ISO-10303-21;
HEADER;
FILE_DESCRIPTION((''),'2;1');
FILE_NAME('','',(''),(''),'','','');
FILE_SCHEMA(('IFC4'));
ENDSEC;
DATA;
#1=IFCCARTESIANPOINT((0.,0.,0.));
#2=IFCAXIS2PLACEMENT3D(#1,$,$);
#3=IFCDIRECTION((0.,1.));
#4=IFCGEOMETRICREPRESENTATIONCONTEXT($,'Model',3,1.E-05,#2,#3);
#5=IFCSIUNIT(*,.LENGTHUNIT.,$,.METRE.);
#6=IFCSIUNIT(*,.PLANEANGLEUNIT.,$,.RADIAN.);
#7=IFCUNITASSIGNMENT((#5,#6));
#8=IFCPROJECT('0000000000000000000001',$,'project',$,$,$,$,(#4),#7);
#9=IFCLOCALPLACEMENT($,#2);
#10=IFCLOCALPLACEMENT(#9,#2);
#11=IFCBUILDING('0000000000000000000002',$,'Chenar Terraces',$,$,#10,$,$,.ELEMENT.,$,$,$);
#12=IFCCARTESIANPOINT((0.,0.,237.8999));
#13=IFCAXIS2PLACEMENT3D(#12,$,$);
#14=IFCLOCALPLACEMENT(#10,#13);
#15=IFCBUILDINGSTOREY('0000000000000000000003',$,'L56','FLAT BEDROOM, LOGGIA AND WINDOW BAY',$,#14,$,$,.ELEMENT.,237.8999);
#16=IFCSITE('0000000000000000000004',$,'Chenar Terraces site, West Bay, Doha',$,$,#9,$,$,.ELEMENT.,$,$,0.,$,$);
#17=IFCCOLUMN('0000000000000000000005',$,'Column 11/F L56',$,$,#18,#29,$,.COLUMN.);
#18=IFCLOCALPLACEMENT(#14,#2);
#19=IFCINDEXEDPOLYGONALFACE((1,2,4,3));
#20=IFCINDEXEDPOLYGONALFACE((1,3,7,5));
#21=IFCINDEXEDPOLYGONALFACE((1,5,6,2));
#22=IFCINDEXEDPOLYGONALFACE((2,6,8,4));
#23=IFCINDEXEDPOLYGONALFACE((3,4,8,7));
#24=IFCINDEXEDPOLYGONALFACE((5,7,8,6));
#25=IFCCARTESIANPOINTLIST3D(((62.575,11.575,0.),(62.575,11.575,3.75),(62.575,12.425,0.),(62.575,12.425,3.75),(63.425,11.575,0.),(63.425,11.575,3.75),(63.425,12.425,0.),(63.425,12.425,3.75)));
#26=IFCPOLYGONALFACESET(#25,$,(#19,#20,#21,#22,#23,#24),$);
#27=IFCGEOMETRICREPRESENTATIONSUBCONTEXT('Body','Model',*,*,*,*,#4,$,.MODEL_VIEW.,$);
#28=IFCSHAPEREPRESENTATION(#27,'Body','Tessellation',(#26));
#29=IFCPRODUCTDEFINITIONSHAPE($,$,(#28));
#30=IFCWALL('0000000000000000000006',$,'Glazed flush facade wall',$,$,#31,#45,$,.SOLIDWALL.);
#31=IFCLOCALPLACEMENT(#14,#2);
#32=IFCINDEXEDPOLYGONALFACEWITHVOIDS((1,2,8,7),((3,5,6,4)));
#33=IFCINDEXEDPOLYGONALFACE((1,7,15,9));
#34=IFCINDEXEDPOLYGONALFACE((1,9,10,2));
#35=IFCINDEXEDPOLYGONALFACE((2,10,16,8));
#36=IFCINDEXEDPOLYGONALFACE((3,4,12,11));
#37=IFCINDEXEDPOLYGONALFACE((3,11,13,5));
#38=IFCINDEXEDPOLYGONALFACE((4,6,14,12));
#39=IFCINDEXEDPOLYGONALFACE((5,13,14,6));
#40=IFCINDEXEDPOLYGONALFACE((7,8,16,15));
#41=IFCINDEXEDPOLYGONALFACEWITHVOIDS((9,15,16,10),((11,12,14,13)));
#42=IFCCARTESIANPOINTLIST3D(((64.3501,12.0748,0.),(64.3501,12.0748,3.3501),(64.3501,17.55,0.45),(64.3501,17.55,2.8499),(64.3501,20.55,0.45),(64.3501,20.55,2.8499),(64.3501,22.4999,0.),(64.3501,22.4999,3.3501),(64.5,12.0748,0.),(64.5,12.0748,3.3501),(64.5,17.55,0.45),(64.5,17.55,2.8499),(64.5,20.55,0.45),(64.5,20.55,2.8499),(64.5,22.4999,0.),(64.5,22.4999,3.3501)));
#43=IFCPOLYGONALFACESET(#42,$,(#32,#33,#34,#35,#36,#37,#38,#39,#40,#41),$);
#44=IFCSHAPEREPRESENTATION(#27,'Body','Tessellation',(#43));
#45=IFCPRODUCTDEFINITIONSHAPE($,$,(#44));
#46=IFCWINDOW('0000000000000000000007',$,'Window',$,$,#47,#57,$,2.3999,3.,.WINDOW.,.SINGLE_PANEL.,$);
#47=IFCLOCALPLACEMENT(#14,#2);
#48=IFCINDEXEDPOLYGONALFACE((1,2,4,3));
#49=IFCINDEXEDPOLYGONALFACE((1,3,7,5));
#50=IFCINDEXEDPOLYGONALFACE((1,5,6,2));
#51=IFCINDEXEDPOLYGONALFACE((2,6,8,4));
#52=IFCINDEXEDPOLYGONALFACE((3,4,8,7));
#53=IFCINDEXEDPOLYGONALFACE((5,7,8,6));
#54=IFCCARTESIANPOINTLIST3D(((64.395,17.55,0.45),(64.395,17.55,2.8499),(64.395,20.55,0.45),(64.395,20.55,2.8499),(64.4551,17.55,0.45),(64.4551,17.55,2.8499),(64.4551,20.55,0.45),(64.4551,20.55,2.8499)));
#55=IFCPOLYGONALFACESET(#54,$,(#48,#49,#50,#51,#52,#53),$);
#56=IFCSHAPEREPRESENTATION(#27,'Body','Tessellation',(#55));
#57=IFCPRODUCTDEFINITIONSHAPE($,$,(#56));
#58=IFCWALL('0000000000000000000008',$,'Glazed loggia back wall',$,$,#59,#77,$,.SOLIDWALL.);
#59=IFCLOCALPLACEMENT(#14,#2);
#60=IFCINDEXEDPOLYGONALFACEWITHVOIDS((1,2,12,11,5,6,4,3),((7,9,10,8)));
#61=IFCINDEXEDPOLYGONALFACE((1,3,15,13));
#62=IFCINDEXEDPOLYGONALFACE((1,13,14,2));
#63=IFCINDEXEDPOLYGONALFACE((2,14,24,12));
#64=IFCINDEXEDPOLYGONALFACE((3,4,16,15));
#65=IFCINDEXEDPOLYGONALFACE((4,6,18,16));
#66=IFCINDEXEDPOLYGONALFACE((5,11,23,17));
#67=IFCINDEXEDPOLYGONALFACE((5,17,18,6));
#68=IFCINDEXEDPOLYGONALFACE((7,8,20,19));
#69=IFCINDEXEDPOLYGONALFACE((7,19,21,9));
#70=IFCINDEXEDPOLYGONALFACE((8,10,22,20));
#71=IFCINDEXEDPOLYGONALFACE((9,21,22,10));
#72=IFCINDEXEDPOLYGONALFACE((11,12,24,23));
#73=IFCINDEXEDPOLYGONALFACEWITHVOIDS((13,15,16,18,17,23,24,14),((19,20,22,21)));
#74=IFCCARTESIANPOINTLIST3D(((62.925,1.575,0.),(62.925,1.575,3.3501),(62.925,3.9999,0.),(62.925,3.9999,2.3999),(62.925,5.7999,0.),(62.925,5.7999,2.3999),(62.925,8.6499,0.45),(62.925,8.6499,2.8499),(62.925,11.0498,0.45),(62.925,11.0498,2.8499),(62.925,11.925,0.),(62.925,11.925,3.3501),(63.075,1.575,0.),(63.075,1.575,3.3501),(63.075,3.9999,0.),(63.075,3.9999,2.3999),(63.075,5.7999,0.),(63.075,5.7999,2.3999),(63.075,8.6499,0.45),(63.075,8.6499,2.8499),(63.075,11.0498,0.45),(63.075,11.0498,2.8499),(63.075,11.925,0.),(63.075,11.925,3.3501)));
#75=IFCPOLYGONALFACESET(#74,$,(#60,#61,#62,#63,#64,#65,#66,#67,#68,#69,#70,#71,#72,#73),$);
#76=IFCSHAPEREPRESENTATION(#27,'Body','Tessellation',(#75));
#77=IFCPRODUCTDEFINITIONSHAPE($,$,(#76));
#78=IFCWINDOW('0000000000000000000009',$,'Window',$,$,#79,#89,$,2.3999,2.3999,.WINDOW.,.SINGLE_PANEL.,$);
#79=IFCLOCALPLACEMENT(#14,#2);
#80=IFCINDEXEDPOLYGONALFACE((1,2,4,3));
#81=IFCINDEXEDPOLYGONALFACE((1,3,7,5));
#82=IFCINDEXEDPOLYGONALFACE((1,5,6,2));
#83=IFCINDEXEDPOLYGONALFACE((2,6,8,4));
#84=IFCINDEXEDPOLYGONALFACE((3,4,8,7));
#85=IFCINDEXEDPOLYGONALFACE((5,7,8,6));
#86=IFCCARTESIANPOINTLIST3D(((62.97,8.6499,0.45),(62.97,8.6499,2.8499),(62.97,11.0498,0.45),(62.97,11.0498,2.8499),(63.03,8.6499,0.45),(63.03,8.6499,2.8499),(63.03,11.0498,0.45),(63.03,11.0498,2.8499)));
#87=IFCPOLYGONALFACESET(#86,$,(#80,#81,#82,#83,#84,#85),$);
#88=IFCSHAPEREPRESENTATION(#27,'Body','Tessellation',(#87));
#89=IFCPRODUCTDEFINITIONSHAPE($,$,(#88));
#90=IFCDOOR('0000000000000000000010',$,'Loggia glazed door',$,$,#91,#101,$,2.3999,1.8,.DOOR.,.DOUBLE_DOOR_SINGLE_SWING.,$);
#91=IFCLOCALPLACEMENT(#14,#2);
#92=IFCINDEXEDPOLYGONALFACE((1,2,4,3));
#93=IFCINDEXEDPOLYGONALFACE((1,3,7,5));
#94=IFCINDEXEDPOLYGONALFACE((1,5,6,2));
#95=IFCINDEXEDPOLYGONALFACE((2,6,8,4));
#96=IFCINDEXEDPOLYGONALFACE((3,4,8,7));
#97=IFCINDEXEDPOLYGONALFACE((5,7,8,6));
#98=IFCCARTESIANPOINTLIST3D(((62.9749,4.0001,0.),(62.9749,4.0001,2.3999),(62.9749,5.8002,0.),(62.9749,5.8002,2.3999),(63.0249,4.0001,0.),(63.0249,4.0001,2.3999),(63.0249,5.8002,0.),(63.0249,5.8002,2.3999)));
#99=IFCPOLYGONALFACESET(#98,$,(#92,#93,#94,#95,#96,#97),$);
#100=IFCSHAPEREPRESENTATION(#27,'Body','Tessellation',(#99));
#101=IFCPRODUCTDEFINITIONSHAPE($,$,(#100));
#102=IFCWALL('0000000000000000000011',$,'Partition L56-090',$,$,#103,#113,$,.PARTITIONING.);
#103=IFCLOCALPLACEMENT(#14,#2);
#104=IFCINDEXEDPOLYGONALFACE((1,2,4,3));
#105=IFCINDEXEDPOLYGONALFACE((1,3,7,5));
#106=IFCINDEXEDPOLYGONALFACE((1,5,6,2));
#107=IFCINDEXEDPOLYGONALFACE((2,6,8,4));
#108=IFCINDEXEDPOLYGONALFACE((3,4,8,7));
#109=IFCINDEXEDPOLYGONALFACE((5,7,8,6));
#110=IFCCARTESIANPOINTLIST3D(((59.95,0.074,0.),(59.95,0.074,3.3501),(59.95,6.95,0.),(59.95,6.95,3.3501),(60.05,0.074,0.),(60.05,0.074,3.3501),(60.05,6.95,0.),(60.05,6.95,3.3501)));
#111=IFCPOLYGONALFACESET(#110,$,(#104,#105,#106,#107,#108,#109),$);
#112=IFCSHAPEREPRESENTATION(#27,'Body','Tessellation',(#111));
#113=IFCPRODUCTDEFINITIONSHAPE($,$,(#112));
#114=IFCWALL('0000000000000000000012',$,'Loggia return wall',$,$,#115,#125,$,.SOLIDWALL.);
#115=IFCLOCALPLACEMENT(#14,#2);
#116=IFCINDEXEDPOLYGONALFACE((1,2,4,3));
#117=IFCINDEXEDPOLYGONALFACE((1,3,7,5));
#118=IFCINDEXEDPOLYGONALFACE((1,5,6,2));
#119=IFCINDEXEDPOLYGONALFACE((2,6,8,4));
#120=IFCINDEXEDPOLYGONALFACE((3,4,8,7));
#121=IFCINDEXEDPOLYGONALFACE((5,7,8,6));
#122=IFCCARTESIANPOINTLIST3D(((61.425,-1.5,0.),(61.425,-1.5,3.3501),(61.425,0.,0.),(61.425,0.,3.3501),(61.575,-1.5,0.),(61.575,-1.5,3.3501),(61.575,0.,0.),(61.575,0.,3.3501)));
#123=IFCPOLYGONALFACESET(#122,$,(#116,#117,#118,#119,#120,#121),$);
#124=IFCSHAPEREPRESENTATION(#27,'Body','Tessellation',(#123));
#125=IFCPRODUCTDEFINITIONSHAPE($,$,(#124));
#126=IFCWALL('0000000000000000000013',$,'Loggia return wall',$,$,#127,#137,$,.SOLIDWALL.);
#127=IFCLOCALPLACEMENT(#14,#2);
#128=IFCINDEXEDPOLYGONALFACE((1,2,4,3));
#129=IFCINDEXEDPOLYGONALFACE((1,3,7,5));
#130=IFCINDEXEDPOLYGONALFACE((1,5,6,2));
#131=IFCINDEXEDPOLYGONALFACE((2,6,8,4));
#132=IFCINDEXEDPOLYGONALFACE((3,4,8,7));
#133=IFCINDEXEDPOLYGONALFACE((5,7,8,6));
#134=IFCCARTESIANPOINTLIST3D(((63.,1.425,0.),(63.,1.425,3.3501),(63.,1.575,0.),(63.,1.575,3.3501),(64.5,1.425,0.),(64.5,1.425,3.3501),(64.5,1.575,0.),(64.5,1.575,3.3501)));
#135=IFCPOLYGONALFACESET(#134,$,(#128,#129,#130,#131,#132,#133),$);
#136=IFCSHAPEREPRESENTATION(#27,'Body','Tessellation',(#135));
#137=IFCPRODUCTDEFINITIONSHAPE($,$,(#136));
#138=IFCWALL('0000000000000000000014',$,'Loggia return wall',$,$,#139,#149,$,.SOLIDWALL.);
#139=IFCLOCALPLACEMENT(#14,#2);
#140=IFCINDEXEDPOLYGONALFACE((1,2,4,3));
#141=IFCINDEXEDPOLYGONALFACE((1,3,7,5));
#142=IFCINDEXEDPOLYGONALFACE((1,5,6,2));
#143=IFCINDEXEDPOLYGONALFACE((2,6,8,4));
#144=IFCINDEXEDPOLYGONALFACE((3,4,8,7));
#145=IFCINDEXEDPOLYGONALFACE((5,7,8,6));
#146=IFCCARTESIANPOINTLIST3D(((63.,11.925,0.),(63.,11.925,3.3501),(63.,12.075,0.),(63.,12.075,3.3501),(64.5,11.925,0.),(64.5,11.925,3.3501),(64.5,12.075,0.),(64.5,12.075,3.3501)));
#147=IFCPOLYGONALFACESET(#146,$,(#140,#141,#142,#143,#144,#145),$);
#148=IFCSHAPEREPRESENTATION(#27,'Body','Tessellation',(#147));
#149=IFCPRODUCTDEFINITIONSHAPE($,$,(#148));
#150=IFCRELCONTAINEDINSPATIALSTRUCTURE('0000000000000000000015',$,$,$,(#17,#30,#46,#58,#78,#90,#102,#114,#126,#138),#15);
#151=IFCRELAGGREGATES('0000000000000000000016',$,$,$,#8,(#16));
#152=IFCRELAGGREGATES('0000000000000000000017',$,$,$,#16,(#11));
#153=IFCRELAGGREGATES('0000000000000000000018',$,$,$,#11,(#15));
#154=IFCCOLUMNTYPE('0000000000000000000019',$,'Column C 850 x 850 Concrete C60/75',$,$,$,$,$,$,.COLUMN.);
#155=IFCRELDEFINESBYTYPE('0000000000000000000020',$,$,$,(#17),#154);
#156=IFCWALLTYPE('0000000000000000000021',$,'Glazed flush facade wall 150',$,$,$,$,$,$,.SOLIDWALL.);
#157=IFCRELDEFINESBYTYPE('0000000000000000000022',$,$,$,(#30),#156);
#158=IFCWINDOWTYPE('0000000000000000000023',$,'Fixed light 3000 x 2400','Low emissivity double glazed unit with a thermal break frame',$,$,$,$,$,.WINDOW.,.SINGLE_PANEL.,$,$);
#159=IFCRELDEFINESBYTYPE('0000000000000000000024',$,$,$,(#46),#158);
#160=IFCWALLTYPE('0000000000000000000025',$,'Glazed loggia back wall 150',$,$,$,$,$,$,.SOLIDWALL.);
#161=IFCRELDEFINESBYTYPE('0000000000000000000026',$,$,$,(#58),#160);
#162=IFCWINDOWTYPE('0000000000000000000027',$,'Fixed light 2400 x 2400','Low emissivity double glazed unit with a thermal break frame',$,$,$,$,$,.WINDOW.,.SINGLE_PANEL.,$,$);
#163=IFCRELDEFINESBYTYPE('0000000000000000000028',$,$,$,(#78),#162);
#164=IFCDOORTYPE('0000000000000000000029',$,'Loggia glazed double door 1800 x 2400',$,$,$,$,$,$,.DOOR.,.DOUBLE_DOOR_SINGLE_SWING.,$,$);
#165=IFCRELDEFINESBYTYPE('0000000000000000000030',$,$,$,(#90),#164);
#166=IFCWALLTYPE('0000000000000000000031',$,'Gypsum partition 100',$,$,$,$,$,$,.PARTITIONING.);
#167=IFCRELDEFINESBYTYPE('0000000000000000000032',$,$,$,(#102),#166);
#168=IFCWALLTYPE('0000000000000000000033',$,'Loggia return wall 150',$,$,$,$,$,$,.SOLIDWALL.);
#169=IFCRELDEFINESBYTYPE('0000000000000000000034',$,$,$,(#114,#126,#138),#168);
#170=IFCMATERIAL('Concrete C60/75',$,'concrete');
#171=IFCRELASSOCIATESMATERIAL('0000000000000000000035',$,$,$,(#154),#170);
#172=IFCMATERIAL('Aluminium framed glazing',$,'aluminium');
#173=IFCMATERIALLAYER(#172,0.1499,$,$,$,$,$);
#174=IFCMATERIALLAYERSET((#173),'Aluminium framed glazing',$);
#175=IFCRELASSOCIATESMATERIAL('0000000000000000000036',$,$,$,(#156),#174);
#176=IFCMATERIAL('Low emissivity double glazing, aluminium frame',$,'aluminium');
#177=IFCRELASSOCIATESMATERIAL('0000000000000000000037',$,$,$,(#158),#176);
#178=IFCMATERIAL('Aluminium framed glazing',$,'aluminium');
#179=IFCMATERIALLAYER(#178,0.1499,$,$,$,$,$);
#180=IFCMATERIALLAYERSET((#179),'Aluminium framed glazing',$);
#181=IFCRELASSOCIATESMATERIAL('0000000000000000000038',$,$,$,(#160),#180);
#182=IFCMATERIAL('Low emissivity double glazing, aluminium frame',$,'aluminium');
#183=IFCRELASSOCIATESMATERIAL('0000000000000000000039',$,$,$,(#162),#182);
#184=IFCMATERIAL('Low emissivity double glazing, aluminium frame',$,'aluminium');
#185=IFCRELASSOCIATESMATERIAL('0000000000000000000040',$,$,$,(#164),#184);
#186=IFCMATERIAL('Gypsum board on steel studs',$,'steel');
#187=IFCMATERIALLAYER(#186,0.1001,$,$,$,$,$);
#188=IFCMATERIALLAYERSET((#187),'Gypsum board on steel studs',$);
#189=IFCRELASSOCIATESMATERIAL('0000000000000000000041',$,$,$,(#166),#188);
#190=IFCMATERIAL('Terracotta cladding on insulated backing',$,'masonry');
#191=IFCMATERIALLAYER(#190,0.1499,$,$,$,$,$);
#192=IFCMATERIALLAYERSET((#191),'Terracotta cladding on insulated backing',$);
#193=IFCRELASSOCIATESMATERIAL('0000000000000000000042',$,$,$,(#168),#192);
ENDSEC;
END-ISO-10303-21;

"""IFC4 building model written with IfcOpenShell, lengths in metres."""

from ifc_helpers import new_model, si_unit, direction, frame, frame_2d, origin, origin_2d, place, context, subcontext, project, spatial, rectangle, extrude, material, layer, layer_set, material_profile, profile_set, type_object, element, fill, save


model = new_model("IFC4")

# Units and contexts
model_context = context("Model", 3, precision=1e-05, world=origin(), true_north=direction((0.0, 1.0)))
body_context = subcontext(model_context, "Body", "Model", "MODEL_VIEW")
ifc_project = project(units=[si_unit("LENGTHUNIT", "METRE"), si_unit("PLANEANGLEUNIT", "RADIAN")], contexts=[model_context])

# Site, building, storey
site_placement = place(None, origin())
site = spatial("IfcSite", under=ifc_project, at=site_placement, Name="Chenar Terraces site, West Bay, Doha", CompositionType="ELEMENT", RefElevation=0.0)
building_placement = place(site_placement, origin())
building = spatial("IfcBuilding", under=site, at=building_placement, Name="Chenar Terraces", CompositionType="ELEMENT")
storey_placement = place(building_placement, frame((0.0, 0.0, 237.8999)))
storey = spatial("IfcBuildingStorey", under=building, at=storey_placement, Name="L56", Description="FLAT BEDROOM, LOGGIA AND WINDOW BAY", CompositionType="ELEMENT", Elevation=237.8999)

# Column
ifc_material_1 = material(Name="Concrete C60/75", Category="concrete")
ifc_material_profile = material_profile(ifc_material_1, rectangle(XDim=0.8501, YDim=0.8501, at=origin_2d()), Name="C 850 x 850")
ifc_profile_set = profile_set([ifc_material_profile], Name="Concrete C60/75")
column_type = type_object("IfcColumnType", Name="Column C 850 x 850 Concrete C60/75", PredefinedType="COLUMN", material=ifc_profile_set)
column_placement = place(storey_placement, frame((63.0, 12.0, 0.0), z_axis=(0.0, 0.0, 1.0), x_axis=(1.0, 0.0, 0.0)))
element("IfcColumn", 1, at=column_placement, inside=storey, type_object=column_type, Name="Column 11/F L56", PredefinedType="COLUMN", context=body_context, shape_type="SweptSolid", body=[
    extrude(rectangle(XDim=0.8501, YDim=0.8501, at=origin_2d()), origin(), (0.0, 0.0, 1.0), 3.75),
])

# Wall, opening, window
ifc_material_2 = material(Name="Aluminium framed glazing", Category="aluminium")
ifc_layer_1 = layer(ifc_material_2, 0.1499)
ifc_layer_set_1 = layer_set([ifc_layer_1], Name="Aluminium framed glazing")
wall_type_1 = type_object("IfcWallType", Name="Glazed flush facade wall 150", PredefinedType="SOLIDWALL", material=ifc_layer_set_1)
wall_1_placement = place(storey_placement, frame((64.425, 12.075, 0.0), z_axis=(0.0, 0.0, 1.0), x_axis=(0.0, 1.0, 0.0)))
wall_1 = element("IfcWall", 2, at=wall_1_placement, inside=storey, type_object=wall_type_1, Name="Glazed flush facade wall", PredefinedType="SOLIDWALL", context=body_context, shape_type="SweptSolid", body=[
    extrude(rectangle(XDim=10.425, YDim=0.1499, at=frame_2d((5.2124, 0.0))), origin(), (0.0, 0.0, 1.0), 3.3501),
])
opening_1_placement = place(wall_1_placement, frame((5.4751, 0.0, 0.45)))
opening_1 = element("IfcOpeningElement", 3, at=opening_1_placement, cuts=wall_1, PredefinedType="OPENING", context=body_context, shape_type="SweptSolid", body=[
    extrude(rectangle(XDim=3.0, YDim=2.3999, at=frame_2d((1.5, 1.2))), frame((0.0, 0.085, 0.0), z_axis=(0.0, -1.0, 0.0), x_axis=(1.0, 0.0, 0.0)), (0.0, 0.0, 1.0), 0.1699),
])
ifc_material_3 = material(Name="Low emissivity double glazing, aluminium frame", Category="aluminium")
window_type_1 = type_object("IfcWindowType", Name="Fixed light 3000 x 2400", Description="Low emissivity double glazed unit with a thermal break frame", PartitioningType="SINGLE_PANEL", PredefinedType="WINDOW", material=ifc_material_3)
window_1_placement = place(opening_1_placement, origin())
window_1 = element("IfcWindow", 4, at=window_1_placement, inside=storey, type_object=window_type_1, Name="Window", OverallHeight=2.3999, OverallWidth=3.0, PartitioningType="SINGLE_PANEL", PredefinedType="WINDOW", context=body_context, shape_type="SweptSolid", body=[
    extrude(rectangle(XDim=3.0, YDim=2.3999, at=frame_2d((1.5, 1.2))), frame((0.0, 0.03, 0.0), z_axis=(0.0, -1.0, 0.0), x_axis=(1.0, 0.0, 0.0)), (0.0, 0.0, 1.0), 0.0601),
])
fill(opening_1, window_1)

# Wall, openings, window, door
ifc_material_4 = material(Name="Aluminium framed glazing", Category="aluminium")
ifc_layer_2 = layer(ifc_material_4, 0.1499)
ifc_layer_set_2 = layer_set([ifc_layer_2], Name="Aluminium framed glazing")
wall_type_2 = type_object("IfcWallType", Name="Glazed loggia back wall 150", PredefinedType="SOLIDWALL", material=ifc_layer_set_2)
wall_2_placement = place(storey_placement, frame((63.0, 1.575, 0.0), z_axis=(0.0, 0.0, 1.0), x_axis=(0.0, 1.0, 0.0)))
wall_2 = element("IfcWall", 5, at=wall_2_placement, inside=storey, type_object=wall_type_2, Name="Glazed loggia back wall", PredefinedType="SOLIDWALL", context=body_context, shape_type="SweptSolid", body=[
    extrude(rectangle(XDim=10.3501, YDim=0.1499, at=frame_2d((5.175, 0.0))), origin(), (0.0, 0.0, 1.0), 3.3501),
])
opening_2_placement = place(wall_2_placement, frame((2.425, 0.0, 0.0)))
opening_2 = element("IfcOpeningElement", 6, at=opening_2_placement, cuts=wall_2, PredefinedType="OPENING", context=body_context, shape_type="SweptSolid", body=[
    extrude(rectangle(XDim=1.8, YDim=2.3999, at=frame_2d((0.8999, 1.2))), frame((0.0, 0.085, 0.0), z_axis=(0.0, -1.0, 0.0), x_axis=(1.0, 0.0, 0.0)), (0.0, 0.0, 1.0), 0.1699),
])
opening_3_placement = place(wall_2_placement, frame((7.075, 0.0, 0.45)))
opening_3 = element("IfcOpeningElement", 7, at=opening_3_placement, cuts=wall_2, PredefinedType="OPENING", context=body_context, shape_type="SweptSolid", body=[
    extrude(rectangle(XDim=2.3999, YDim=2.3999, at=frame_2d((1.2, 1.2))), frame((0.0, 0.085, 0.0), z_axis=(0.0, -1.0, 0.0), x_axis=(1.0, 0.0, 0.0)), (0.0, 0.0, 1.0), 0.1699),
])
ifc_material_5 = material(Name="Low emissivity double glazing, aluminium frame", Category="aluminium")
window_type_2 = type_object("IfcWindowType", Name="Fixed light 2400 x 2400", Description="Low emissivity double glazed unit with a thermal break frame", PartitioningType="SINGLE_PANEL", PredefinedType="WINDOW", material=ifc_material_5)
window_2_placement = place(opening_3_placement, origin())
window_2 = element("IfcWindow", 8, at=window_2_placement, inside=storey, type_object=window_type_2, Name="Window", OverallHeight=2.3999, OverallWidth=2.3999, PartitioningType="SINGLE_PANEL", PredefinedType="WINDOW", context=body_context, shape_type="SweptSolid", body=[
    extrude(rectangle(XDim=2.3999, YDim=2.3999, at=frame_2d((1.2, 1.2))), frame((0.0, 0.03, 0.0), z_axis=(0.0, -1.0, 0.0), x_axis=(1.0, 0.0, 0.0)), (0.0, 0.0, 1.0), 0.0601),
])
fill(opening_3, window_2)
ifc_material_6 = material(Name="Low emissivity double glazing, aluminium frame", Category="aluminium")
door_type_1 = type_object("IfcDoorType", Name="Loggia glazed double door 1800 x 2400", OperationType="DOUBLE_DOOR_SINGLE_SWING", PredefinedType="DOOR", material=ifc_material_6)
door_1_placement = place(opening_2_placement, frame((1.8, 0.0, 0.0), z_axis=(0.0, 0.0, 1.0), x_axis=(-1.0, 0.0, 0.0)))
door_1 = element("IfcDoor", 9, at=door_1_placement, inside=storey, type_object=door_type_1, Name="Loggia glazed door", OperationType="DOUBLE_DOOR_SINGLE_SWING", OverallHeight=2.3999, OverallWidth=1.8, PredefinedType="DOOR", context=body_context, shape_type="SweptSolid", body=[
    extrude(rectangle(XDim=1.8, YDim=2.3999, at=frame_2d((0.8999, 1.2))), frame((0.0, 0.0249, 0.0), z_axis=(0.0, -1.0, 0.0), x_axis=(1.0, 0.0, 0.0)), (0.0, 0.0, 1.0), 0.05),
])
fill(opening_2, door_1)

# Walls
ifc_material_7 = material(Name="Gypsum board on steel studs", Category="steel")
ifc_layer_3 = layer(ifc_material_7, 0.1001)
ifc_layer_set_3 = layer_set([ifc_layer_3], Name="Gypsum board on steel studs")
wall_type_3 = type_object("IfcWallType", Name="Gypsum partition 100", PredefinedType="PARTITIONING", material=ifc_layer_set_3)
wall_3_placement = place(storey_placement, frame((60.0, 0.074, 0.0), z_axis=(0.0, 0.0, 1.0), x_axis=(0.0, 1.0, 0.0)))
element("IfcWall", 10, at=wall_3_placement, inside=storey, type_object=wall_type_3, Name="Partition L56-090", PredefinedType="PARTITIONING", context=body_context, shape_type="SweptSolid", body=[
    extrude(rectangle(XDim=6.876, YDim=0.1001, at=frame_2d((3.438, 0.0))), origin(), (0.0, 0.0, 1.0), 3.3501),
])
ifc_material_8 = material(Name="Terracotta cladding on insulated backing", Category="masonry")
ifc_layer_4 = layer(ifc_material_8, 0.1499)
ifc_layer_set_4 = layer_set([ifc_layer_4], Name="Terracotta cladding on insulated backing")
wall_type_4 = type_object("IfcWallType", Name="Loggia return wall 150", PredefinedType="SOLIDWALL", material=ifc_layer_set_4)
for number, where, z_axis, x_axis, name in (
    (11, (61.5, -1.5, 0.0), (0.0, 0.0, 1.0), (0.0, 1.0, 0.0), "Loggia return wall"),
    (12, (64.5, 1.5, 0.0), (0.0, 0.0, 1.0), (-1.0, 0.0, 0.0), "Loggia return wall"),
    (13, (64.5, 12.0, 0.0), (0.0, 0.0, 1.0), (-1.0, 0.0, 0.0), "Loggia return wall"),
):
    element("IfcWall", number, at=place(storey_placement, frame(where, z_axis=z_axis, x_axis=x_axis)), inside=storey, type_object=wall_type_4, Name=name, PredefinedType="SOLIDWALL", context=body_context, shape_type="SweptSolid", body=[
        extrude(rectangle(XDim=1.5, YDim=0.1499, at=frame_2d((0.75, 0.0))), origin(), (0.0, 0.0, 1.0), 3.3501),
    ])

save(model, "model.ifc")
